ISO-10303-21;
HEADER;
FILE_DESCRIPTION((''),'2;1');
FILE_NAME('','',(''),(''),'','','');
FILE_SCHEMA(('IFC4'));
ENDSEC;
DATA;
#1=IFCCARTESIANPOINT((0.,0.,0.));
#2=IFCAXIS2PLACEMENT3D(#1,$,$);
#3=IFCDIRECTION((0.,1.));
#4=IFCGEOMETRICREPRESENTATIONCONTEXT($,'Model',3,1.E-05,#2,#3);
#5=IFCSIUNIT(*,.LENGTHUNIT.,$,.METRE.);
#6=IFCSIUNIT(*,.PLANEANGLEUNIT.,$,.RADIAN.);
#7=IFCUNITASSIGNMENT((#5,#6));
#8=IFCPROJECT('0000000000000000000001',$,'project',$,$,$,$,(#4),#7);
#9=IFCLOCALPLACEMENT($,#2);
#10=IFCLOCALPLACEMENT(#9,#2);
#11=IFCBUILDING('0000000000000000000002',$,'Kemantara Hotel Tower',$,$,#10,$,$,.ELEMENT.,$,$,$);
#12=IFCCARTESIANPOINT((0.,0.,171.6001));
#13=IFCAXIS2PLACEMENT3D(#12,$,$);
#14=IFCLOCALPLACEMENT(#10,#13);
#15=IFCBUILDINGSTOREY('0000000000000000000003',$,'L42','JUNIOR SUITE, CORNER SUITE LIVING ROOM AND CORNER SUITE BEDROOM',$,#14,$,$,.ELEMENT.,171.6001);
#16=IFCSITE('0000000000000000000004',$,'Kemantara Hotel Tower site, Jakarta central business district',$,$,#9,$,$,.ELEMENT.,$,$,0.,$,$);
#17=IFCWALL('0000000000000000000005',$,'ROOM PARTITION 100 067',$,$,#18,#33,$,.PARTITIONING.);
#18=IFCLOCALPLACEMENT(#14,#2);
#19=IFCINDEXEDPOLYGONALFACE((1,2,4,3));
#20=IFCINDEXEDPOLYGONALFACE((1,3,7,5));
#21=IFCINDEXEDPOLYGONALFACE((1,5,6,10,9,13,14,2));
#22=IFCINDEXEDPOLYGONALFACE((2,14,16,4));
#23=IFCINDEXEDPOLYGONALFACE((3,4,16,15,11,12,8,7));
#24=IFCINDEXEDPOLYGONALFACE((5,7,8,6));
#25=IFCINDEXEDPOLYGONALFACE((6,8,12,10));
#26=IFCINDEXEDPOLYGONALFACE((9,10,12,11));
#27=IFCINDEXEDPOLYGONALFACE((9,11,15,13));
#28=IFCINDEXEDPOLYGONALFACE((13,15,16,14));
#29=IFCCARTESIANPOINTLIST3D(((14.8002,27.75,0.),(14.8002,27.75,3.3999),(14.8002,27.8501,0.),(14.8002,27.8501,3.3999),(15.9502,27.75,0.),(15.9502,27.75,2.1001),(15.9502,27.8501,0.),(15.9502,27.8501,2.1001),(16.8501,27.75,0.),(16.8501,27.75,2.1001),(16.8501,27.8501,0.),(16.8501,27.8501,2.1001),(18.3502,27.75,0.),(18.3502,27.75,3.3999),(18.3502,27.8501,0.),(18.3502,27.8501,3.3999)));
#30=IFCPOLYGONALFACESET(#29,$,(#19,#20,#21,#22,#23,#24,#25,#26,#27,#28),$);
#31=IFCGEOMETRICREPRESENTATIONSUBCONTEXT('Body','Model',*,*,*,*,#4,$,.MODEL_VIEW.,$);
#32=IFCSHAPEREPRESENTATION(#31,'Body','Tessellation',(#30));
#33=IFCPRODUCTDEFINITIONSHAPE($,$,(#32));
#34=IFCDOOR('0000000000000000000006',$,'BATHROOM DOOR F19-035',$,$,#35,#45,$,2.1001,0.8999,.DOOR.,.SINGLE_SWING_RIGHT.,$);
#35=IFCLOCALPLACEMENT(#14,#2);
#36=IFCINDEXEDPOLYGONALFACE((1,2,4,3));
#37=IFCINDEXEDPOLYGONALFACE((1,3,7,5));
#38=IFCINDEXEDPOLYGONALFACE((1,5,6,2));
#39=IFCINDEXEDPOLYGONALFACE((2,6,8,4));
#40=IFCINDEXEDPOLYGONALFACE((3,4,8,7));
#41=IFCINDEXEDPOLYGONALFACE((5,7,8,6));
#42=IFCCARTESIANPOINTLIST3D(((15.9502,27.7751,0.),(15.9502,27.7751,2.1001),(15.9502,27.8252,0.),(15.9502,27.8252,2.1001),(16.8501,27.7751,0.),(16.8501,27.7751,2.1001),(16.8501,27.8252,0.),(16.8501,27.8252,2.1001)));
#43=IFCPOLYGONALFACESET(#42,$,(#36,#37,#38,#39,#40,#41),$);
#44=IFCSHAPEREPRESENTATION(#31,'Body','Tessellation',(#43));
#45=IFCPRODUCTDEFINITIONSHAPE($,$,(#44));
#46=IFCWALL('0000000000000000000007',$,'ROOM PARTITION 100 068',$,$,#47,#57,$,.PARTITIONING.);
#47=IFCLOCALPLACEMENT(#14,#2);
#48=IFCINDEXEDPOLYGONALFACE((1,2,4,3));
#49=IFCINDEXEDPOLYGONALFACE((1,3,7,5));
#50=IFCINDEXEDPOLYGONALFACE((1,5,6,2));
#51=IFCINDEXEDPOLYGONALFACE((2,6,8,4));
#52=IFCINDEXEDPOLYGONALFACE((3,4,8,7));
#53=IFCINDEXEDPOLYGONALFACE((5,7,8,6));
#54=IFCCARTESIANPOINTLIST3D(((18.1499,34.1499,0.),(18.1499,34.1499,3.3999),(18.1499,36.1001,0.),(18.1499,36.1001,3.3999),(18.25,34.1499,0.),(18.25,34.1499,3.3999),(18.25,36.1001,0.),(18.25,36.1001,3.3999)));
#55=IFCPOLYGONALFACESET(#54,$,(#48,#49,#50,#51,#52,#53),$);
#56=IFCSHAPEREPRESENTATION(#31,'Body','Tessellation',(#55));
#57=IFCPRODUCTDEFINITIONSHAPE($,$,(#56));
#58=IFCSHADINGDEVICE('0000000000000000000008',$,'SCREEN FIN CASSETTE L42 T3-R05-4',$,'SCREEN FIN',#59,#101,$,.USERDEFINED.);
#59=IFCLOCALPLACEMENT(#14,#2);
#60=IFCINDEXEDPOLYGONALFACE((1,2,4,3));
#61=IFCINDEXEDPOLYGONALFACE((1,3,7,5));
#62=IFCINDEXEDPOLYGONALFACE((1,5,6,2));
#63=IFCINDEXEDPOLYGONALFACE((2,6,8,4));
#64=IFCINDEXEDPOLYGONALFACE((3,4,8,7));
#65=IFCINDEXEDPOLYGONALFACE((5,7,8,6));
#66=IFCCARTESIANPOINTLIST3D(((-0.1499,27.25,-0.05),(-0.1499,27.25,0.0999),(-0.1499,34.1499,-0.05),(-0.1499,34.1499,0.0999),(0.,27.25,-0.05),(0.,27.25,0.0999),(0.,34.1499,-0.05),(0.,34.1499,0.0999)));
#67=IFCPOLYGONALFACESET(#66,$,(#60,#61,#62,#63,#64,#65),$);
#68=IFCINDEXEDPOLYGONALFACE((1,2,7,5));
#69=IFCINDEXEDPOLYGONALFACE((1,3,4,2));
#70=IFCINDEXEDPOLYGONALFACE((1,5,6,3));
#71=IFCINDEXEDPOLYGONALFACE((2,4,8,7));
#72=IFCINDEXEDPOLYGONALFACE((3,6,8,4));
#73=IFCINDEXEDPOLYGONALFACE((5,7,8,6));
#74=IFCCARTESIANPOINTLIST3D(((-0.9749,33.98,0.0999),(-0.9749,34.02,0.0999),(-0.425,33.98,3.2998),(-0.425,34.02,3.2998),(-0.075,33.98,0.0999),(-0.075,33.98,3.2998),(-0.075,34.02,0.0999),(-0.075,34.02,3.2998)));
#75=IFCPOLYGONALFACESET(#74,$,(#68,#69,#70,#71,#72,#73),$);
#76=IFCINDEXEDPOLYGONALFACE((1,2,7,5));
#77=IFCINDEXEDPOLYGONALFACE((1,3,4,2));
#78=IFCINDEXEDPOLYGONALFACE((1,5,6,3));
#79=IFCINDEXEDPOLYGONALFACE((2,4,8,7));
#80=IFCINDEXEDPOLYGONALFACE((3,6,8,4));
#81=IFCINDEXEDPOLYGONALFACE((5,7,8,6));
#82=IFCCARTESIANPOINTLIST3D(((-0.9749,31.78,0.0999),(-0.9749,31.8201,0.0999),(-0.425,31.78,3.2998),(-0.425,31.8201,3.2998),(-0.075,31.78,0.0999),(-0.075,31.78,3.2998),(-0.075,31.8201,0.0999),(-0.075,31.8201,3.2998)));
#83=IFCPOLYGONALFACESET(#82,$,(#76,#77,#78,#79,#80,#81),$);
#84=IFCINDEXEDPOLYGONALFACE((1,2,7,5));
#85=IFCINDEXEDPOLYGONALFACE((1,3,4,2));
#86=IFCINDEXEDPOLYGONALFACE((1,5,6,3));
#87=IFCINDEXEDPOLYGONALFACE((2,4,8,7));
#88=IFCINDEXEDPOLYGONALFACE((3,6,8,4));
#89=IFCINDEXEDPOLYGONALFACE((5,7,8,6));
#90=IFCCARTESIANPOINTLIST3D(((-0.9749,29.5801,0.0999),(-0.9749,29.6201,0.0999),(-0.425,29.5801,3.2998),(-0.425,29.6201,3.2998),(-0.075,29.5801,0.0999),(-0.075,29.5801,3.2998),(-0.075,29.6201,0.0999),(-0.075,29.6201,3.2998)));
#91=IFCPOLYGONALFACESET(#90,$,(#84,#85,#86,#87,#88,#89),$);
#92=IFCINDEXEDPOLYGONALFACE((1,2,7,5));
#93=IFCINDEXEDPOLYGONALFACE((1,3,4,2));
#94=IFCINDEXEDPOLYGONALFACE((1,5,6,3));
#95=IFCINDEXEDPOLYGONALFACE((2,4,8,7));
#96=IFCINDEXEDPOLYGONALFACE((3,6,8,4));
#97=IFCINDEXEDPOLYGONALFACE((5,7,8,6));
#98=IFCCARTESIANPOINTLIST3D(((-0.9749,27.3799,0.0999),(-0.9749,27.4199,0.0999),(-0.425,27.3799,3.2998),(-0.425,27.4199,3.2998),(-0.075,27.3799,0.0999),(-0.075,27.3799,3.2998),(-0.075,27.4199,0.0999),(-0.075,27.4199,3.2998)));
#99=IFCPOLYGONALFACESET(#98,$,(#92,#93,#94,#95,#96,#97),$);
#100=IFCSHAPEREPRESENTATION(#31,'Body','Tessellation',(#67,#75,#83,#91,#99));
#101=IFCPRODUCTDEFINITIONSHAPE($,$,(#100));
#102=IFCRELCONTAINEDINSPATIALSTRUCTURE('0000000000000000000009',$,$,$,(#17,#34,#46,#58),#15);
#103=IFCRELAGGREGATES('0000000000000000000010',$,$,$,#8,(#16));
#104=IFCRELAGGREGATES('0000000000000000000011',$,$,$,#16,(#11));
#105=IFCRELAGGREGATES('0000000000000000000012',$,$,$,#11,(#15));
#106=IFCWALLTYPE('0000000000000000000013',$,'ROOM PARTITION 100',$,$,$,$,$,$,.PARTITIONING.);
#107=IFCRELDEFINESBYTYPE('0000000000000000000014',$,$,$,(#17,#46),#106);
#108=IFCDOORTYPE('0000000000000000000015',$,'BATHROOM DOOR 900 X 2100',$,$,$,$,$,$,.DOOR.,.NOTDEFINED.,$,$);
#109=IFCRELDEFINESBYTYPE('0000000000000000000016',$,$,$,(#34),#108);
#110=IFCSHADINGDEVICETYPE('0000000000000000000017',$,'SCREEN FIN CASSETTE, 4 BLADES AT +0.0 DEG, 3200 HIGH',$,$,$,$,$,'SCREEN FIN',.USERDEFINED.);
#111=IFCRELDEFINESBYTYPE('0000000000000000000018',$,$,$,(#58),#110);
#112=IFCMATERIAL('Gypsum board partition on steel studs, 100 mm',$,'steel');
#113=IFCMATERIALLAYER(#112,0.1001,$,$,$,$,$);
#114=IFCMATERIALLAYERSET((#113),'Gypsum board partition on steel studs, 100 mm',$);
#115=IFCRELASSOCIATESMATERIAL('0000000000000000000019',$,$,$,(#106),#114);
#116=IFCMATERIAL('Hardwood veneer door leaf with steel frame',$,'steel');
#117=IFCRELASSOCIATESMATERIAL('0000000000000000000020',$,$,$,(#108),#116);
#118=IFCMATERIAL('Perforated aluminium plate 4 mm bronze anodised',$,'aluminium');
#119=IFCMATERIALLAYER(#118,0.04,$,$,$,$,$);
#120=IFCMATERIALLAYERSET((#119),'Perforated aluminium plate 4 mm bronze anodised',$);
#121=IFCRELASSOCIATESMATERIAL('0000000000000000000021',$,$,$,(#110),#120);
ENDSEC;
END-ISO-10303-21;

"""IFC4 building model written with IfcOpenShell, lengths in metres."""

from ifc_helpers import new_model, si_unit, direction, frame, frame_2d, origin, origin_2d, place, context, subcontext, project, spatial, polyline, rectangle, outline, extrude, source, transform, mapped, material, layer, layer_set, type_object, element, fill, save


model = new_model("IFC4")

# Units and contexts
model_context = context("Model", 3, precision=1e-05, world=origin(), true_north=direction((0.0, 1.0)))
body_context = subcontext(model_context, "Body", "Model", "MODEL_VIEW")
ifc_project = project(units=[si_unit("LENGTHUNIT", "METRE"), si_unit("PLANEANGLEUNIT", "RADIAN")], contexts=[model_context])

# Site, building, storey
site_placement = place(None, origin())
site = spatial("IfcSite", under=ifc_project, at=site_placement, Name="Kemantara Hotel Tower site, Jakarta central business district", CompositionType="ELEMENT", RefElevation=0.0)
building_placement = place(site_placement, origin())
building = spatial("IfcBuilding", under=site, at=building_placement, Name="Kemantara Hotel Tower", CompositionType="ELEMENT")
storey_placement = place(building_placement, frame((0.0, 0.0, 171.6001)))
storey = spatial("IfcBuildingStorey", under=building, at=storey_placement, Name="L42", Description="JUNIOR SUITE, CORNER SUITE LIVING ROOM AND CORNER SUITE BEDROOM", CompositionType="ELEMENT", Elevation=171.6001)

# Shared definitions
ifc_material_1 = material(Name="Hardwood veneer door leaf with steel frame", Category="steel")

# Shared definitions
ifc_material_2 = material(Name="Gypsum board partition on steel studs, 100 mm", Category="steel")
ifc_layer_1 = layer(ifc_material_2, 0.1001)
ifc_layer_set_1 = layer_set([ifc_layer_1], Name="Gypsum board partition on steel studs, 100 mm")
wall_type_1 = type_object("IfcWallType", Name="ROOM PARTITION 100", PredefinedType="PARTITIONING", material=ifc_layer_set_1)

# Shared definitions
door_type_1 = type_object("IfcDoorType", Name="BATHROOM DOOR 900 X 2100", OperationType="NOTDEFINED", PredefinedType="DOOR", material=ifc_material_1)

# Wall, opening, door
wall_1_placement = place(storey_placement, frame((18.3501, 27.8, 0.0), z_axis=(0.0, 0.0, 1.0), x_axis=(-1.0, 0.0, 0.0)))
wall_1 = element("IfcWall", 1, at=wall_1_placement, inside=storey, type_object=wall_type_1, Name="ROOM PARTITION 100 067", PredefinedType="PARTITIONING", context=body_context, shape_type="SweptSolid", body=[
    extrude(rectangle(XDim=3.55, YDim=0.1001, at=frame_2d((1.7749, 0.0))), origin(), (0.0, 0.0, 1.0), 3.3999),
])
opening_1_placement = place(wall_1_placement, frame((1.5, 0.0, 0.0)))
opening_1 = element("IfcOpeningElement", 2, at=opening_1_placement, cuts=wall_1, PredefinedType="OPENING", context=body_context, shape_type="SweptSolid", body=[
    extrude(rectangle(XDim=0.8999, YDim=2.1001, at=frame_2d((0.45, 1.05))), frame((0.0, 0.0601, 0.0), z_axis=(0.0, -1.0, 0.0), x_axis=(1.0, 0.0, 0.0)), (0.0, 0.0, 1.0), 0.1201),
])
door_1_placement = place(opening_1_placement, origin())
door_1 = element("IfcDoor", 3, at=door_1_placement, inside=storey, type_object=door_type_1, Name="BATHROOM DOOR F19-035", OperationType="SINGLE_SWING_RIGHT", OverallHeight=2.1001, OverallWidth=0.8999, PredefinedType="DOOR", context=body_context, shape_type="SweptSolid", body=[
    extrude(rectangle(XDim=0.8999, YDim=2.1001, at=frame_2d((0.45, 1.05))), frame((0.0, 0.0249, 0.0), z_axis=(0.0, -1.0, 0.0), x_axis=(1.0, 0.0, 0.0)), (0.0, 0.0, 1.0), 0.05),
])
fill(opening_1, door_1)

# Wall
wall_2_placement = place(storey_placement, frame((18.2, 34.1499, 0.0), z_axis=(0.0, 0.0, 1.0), x_axis=(0.0, 1.0, 0.0)))
element("IfcWall", 4, at=wall_2_placement, inside=storey, type_object=wall_type_1, Name="ROOM PARTITION 100 068", PredefinedType="PARTITIONING", context=body_context, shape_type="SweptSolid", body=[
    extrude(rectangle(XDim=1.9502, YDim=0.1001, at=frame_2d((0.9751, 0.0))), origin(), (0.0, 0.0, 1.0), 3.3999),
])

# Shading device
ifc_material_3 = material(Name="Perforated aluminium plate 4 mm bronze anodised", Category="aluminium")
ifc_layer_2 = layer(ifc_material_3, 0.04)
ifc_layer_set_2 = layer_set([ifc_layer_2], Name="Perforated aluminium plate 4 mm bronze anodised")
shading_device_type = type_object("IfcShadingDeviceType", Name="SCREEN FIN CASSETTE, 4 BLADES AT +0.0 DEG, 3200 HIGH", ElementType="SCREEN FIN", PredefinedType="USERDEFINED", material=ifc_layer_set_2)
shared_shape_1 = source(origin(), body_context, "Body", "SweptSolid", [
    extrude(rectangle(XDim=6.8999, YDim=0.1499, at=origin_2d()), frame((3.3, -0.075, -0.1499), z_axis=(0.0, 0.0, 1.0), x_axis=(1.0, 0.0, 0.0)), (0.0, 0.0, 1.0), 0.1499),
    extrude(outline(polyline([(0.0, 0.0), (0.8999, 0.0), (0.3501, 3.2), (0.0, 3.2), (0.0, 0.0)])), frame((0.02, -0.075, 0.0), z_axis=(-1.0, 0.0, 0.0), x_axis=(0.0, -1.0, 0.0)), (0.0, 0.0, 1.0), 0.04),
    extrude(outline(polyline([(0.0, 0.0), (0.8999, 0.0), (0.3501, 3.2), (0.0, 3.2), (0.0, 0.0)])), frame((2.22, -0.075, 0.0), z_axis=(-1.0, 0.0, 0.0), x_axis=(0.0, -1.0, 0.0)), (0.0, 0.0, 1.0), 0.04),
    extrude(outline(polyline([(0.0, 0.0), (0.8999, 0.0), (0.3501, 3.2), (0.0, 3.2), (0.0, 0.0)])), frame((4.4199, -0.075, 0.0), z_axis=(-1.0, 0.0, 0.0), x_axis=(0.0, -1.0, 0.0)), (0.0, 0.0, 1.0), 0.04),
    extrude(outline(polyline([(0.0, 0.0), (0.8999, 0.0), (0.3501, 3.2), (0.0, 3.2), (0.0, 0.0)])), frame((6.6201, -0.075, 0.0), z_axis=(-1.0, 0.0, 0.0), x_axis=(0.0, -1.0, 0.0)), (0.0, 0.0, 1.0), 0.04),
])
shading_device_placement = place(storey_placement, frame((0.0, 34.0, 0.0999), z_axis=(0.0, 0.0, 1.0), x_axis=(0.0, -1.0, 0.0)))
element("IfcShadingDevice", 5, at=shading_device_placement, inside=storey, type_object=shading_device_type, Name="SCREEN FIN CASSETTE L42 T3-R05-4", ObjectType="SCREEN FIN", PredefinedType="USERDEFINED", context=body_context, shape_type="MappedRepresentation", body=[
    mapped(shared_shape_1, transform((0.0, 0.0, 0.0))),
])

save(model, "model.ifc")
